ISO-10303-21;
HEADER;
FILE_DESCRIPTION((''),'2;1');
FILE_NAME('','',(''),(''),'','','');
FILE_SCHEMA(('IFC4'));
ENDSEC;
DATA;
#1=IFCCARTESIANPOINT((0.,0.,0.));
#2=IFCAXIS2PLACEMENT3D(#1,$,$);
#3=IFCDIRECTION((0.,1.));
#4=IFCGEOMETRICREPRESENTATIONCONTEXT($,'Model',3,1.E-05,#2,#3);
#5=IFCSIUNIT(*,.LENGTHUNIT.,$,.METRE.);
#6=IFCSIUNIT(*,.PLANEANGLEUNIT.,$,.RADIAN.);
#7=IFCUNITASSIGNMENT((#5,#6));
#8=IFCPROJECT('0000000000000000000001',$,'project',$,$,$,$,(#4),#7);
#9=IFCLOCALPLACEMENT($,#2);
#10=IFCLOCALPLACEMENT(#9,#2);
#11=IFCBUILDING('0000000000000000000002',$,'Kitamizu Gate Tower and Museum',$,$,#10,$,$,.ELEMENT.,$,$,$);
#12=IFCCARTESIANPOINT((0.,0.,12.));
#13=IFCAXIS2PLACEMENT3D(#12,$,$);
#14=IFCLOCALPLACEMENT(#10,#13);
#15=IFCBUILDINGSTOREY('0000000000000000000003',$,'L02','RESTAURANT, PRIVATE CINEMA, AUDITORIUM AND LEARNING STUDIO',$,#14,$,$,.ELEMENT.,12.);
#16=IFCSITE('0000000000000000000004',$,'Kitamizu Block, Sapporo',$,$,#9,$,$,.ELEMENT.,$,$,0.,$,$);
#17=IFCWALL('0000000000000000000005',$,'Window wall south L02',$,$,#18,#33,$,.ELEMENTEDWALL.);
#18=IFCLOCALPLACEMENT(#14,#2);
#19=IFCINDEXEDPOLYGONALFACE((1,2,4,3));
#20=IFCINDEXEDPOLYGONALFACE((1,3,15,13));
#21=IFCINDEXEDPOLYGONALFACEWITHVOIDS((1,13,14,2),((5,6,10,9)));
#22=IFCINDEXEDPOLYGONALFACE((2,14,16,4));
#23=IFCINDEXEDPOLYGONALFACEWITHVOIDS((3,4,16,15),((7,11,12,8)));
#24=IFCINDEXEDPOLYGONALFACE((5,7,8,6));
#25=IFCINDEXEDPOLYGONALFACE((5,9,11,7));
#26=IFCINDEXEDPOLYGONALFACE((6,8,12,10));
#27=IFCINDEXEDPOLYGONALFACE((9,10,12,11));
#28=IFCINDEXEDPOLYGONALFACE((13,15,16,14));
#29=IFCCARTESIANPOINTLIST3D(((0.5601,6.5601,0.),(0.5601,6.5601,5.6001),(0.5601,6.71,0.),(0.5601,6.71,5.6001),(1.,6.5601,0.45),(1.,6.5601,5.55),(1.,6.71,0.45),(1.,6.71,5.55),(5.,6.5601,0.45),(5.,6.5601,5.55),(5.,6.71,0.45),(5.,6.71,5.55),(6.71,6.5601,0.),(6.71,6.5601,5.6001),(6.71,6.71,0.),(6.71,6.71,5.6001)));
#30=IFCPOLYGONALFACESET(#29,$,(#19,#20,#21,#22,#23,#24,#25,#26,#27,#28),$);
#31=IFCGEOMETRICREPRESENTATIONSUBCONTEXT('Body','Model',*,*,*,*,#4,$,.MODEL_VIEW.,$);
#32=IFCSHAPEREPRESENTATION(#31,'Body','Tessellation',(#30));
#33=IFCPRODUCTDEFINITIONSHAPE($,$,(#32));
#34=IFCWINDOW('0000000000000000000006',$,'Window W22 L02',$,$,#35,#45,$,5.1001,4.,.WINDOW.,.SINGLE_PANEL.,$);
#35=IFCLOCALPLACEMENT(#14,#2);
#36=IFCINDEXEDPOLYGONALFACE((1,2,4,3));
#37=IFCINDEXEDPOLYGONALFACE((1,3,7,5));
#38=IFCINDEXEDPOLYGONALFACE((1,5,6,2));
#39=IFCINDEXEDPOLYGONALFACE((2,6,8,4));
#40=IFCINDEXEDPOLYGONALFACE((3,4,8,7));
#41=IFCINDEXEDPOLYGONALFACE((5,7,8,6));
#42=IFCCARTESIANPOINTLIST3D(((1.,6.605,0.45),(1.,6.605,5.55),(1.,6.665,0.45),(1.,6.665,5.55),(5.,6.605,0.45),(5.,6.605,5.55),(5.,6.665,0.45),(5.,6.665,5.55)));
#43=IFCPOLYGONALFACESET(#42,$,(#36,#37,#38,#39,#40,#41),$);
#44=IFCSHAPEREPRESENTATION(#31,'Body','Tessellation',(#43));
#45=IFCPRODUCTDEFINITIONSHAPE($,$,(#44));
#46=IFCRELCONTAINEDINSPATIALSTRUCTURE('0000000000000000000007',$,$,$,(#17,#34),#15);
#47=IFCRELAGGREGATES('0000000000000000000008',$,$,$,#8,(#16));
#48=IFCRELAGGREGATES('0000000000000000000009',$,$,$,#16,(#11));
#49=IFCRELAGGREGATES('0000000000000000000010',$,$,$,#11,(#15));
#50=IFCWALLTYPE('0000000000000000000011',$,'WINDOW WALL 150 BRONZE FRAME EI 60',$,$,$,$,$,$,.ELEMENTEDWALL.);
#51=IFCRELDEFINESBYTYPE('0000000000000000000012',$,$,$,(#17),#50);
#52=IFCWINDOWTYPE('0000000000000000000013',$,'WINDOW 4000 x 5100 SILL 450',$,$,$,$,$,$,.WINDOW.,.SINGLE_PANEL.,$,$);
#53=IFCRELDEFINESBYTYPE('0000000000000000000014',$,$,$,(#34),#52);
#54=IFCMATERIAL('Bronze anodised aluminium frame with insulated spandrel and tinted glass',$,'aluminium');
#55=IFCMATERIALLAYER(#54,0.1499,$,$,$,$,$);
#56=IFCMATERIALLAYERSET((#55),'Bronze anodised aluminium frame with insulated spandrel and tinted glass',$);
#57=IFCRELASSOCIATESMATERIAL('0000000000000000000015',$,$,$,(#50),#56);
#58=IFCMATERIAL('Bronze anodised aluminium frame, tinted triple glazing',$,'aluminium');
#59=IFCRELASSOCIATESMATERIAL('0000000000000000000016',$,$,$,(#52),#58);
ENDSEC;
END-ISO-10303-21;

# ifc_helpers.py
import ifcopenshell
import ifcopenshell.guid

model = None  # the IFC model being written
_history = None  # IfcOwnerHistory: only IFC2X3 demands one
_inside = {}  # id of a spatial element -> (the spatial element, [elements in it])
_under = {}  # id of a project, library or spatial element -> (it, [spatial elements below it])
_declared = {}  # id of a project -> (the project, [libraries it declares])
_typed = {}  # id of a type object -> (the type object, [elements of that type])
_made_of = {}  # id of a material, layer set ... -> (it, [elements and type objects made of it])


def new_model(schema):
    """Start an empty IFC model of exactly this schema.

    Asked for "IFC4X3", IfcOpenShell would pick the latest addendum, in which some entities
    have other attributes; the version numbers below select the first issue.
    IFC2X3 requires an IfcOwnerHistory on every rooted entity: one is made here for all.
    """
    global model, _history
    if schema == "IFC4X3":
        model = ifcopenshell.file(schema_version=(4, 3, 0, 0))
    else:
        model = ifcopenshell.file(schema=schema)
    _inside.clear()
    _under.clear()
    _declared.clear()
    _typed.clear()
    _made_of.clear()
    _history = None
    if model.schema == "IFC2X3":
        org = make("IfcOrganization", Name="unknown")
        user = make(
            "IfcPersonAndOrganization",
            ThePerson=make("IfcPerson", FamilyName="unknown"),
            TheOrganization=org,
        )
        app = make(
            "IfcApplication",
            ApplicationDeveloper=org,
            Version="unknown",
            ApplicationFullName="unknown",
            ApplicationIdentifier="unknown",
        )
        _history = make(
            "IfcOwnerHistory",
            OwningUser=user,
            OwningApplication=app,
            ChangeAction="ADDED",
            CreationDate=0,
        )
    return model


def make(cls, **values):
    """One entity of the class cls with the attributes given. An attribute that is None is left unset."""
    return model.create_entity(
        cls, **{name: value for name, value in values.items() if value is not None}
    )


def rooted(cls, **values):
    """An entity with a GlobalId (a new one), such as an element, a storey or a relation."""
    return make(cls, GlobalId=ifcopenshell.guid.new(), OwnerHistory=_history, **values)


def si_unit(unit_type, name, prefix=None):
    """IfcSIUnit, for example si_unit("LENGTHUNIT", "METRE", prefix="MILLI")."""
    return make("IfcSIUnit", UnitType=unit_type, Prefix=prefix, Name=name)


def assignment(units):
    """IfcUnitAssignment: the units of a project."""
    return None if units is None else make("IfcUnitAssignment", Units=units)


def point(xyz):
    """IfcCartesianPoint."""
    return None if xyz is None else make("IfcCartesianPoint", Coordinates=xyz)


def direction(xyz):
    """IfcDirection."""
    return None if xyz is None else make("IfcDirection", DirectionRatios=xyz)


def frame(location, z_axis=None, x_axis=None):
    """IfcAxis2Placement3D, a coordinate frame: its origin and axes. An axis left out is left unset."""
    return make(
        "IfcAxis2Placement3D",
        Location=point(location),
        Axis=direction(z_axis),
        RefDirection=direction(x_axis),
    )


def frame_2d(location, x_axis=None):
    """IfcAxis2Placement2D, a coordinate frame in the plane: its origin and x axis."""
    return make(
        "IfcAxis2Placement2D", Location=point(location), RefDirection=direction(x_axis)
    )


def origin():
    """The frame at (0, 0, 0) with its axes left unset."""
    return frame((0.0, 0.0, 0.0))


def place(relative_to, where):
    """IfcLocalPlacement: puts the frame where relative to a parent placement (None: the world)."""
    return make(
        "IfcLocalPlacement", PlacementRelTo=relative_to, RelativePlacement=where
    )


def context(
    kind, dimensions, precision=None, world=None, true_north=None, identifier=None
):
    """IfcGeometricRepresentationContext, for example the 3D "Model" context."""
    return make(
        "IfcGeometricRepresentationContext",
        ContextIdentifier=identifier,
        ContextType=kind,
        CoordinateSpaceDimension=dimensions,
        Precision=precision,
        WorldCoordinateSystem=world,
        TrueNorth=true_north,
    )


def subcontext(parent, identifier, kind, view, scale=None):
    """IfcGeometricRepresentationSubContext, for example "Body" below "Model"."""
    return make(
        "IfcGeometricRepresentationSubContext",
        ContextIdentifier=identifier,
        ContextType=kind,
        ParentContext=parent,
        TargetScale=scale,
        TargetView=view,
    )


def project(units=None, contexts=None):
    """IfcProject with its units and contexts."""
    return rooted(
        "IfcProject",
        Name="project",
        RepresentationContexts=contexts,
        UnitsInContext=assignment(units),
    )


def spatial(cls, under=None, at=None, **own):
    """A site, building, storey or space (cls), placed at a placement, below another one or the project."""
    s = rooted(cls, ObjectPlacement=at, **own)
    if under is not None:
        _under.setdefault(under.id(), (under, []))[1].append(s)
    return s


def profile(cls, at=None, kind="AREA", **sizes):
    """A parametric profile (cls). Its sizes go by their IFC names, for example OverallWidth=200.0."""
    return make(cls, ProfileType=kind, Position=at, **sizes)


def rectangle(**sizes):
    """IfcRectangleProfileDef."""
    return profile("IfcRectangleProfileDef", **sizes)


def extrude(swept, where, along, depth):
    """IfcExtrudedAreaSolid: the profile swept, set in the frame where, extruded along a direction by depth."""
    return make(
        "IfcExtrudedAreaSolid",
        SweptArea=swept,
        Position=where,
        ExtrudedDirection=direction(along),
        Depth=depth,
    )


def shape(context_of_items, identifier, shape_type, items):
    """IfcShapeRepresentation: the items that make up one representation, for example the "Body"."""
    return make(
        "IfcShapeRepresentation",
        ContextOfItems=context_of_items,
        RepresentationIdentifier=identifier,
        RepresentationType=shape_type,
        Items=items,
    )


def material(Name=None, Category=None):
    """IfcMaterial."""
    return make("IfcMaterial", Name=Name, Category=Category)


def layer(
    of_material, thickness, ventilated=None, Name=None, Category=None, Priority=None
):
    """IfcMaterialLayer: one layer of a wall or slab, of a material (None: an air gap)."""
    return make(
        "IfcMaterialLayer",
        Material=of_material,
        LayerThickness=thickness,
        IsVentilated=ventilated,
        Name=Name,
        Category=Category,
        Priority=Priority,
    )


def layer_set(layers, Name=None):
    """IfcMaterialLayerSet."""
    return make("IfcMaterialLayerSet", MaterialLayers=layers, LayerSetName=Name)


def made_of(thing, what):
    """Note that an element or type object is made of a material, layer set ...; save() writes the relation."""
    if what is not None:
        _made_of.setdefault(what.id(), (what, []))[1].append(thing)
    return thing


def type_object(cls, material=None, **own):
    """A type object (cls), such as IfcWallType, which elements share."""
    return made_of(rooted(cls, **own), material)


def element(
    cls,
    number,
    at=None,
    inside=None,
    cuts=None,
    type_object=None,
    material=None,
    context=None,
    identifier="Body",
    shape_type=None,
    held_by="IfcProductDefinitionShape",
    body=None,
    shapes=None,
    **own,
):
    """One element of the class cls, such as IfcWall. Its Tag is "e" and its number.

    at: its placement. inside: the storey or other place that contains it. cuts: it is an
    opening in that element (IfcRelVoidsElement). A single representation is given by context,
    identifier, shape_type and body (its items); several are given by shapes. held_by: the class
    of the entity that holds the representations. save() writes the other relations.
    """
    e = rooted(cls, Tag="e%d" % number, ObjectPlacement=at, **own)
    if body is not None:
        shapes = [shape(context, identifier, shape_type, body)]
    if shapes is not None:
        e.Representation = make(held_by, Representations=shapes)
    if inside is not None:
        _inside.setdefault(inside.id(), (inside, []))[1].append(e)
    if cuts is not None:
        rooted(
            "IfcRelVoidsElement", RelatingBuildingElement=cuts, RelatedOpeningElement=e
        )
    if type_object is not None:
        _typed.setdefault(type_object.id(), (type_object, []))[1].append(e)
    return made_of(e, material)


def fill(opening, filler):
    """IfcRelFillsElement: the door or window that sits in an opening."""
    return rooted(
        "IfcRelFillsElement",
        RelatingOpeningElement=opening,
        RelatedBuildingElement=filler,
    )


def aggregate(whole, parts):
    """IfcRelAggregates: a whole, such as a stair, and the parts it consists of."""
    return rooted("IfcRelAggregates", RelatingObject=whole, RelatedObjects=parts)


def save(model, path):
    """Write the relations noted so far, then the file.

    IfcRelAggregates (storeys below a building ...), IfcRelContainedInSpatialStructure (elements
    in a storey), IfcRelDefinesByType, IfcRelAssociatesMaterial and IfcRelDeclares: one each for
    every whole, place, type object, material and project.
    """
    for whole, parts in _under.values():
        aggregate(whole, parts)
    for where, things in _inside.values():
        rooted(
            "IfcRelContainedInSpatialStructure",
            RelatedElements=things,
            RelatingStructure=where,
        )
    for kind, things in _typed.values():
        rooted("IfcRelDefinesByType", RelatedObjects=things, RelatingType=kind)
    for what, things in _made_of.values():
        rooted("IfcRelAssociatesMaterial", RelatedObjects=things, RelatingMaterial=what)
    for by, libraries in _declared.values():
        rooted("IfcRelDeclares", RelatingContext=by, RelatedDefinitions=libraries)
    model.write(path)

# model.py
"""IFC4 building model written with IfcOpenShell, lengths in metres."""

from ifc_helpers import new_model, si_unit, direction, frame, frame_2d, origin, place, context, subcontext, project, spatial, rectangle, extrude, material, layer, layer_set, type_object, element, fill, save


model = new_model("IFC4")

# Units and contexts
model_context = context("Model", 3, precision=1e-05, world=origin(), true_north=direction((0.0, 1.0)))
body_context = subcontext(model_context, "Body", "Model", "MODEL_VIEW")
ifc_project = project(units=[si_unit("LENGTHUNIT", "METRE"), si_unit("PLANEANGLEUNIT", "RADIAN")], contexts=[model_context])

# Site, building, storey
site_placement = place(None, origin())
site = spatial("IfcSite", under=ifc_project, at=site_placement, Name="Kitamizu Block, Sapporo", CompositionType="ELEMENT", RefElevation=0.0)
building_placement = place(site_placement, origin())
building = spatial("IfcBuilding", under=site, at=building_placement, Name="Kitamizu Gate Tower and Museum", CompositionType="ELEMENT")
storey_placement = place(building_placement, frame((0.0, 0.0, 12.0)))
storey = spatial("IfcBuildingStorey", under=building, at=storey_placement, Name="L02", Description="RESTAURANT, PRIVATE CINEMA, AUDITORIUM AND LEARNING STUDIO", CompositionType="ELEMENT", Elevation=12.0)

# Shared definitions
ifc_material_1 = material(Name="Bronze anodised aluminium frame with insulated spandrel and tinted glass", Category="aluminium")
ifc_layer_1 = layer(ifc_material_1, 0.1499)
ifc_layer_set_1 = layer_set([ifc_layer_1], Name="Bronze anodised aluminium frame with insulated spandrel and tinted glass")
wall_type_1 = type_object("IfcWallType", Name="WINDOW WALL 150 BRONZE FRAME EI 60", PredefinedType="ELEMENTEDWALL", material=ifc_layer_set_1)

# Wall, opening, window
wall_1_placement = place(storey_placement, frame((0.5601, 6.635, 0.0), z_axis=(0.0, 0.0, 1.0), x_axis=(1.0, 0.0, 0.0)))
wall_1 = element("IfcWall", 1, at=wall_1_placement, inside=storey, type_object=wall_type_1, Name="Window wall south L02", PredefinedType="ELEMENTEDWALL", context=body_context, shape_type="SweptSolid", body=[
    extrude(rectangle(XDim=6.1499, YDim=0.1499, at=frame_2d((3.075, 0.0))), origin(), (0.0, 0.0, 1.0), 5.6001),
])
opening_1_placement = place(wall_1_placement, frame((0.4399, 0.0, 0.45)))
opening_1 = element("IfcOpeningElement", 2, at=opening_1_placement, cuts=wall_1, PredefinedType="OPENING", context=body_context, shape_type="SweptSolid", body=[
    extrude(rectangle(XDim=4.0, YDim=5.1001, at=frame_2d((2.0, 2.55))), frame((0.0, 0.085, 0.0), z_axis=(0.0, -1.0, 0.0), x_axis=(1.0, 0.0, 0.0)), (0.0, 0.0, 1.0), 0.1699),
])
ifc_material_2 = material(Name="Bronze anodised aluminium frame, tinted triple glazing", Category="aluminium")
window_type_1 = type_object("IfcWindowType", Name="WINDOW 4000 x 5100 SILL 450", PartitioningType="SINGLE_PANEL", PredefinedType="WINDOW", material=ifc_material_2)
window_1_placement = place(opening_1_placement, origin())
window_1 = element("IfcWindow", 3, at=window_1_placement, inside=storey, type_object=window_type_1, Name="Window W22 L02", OverallHeight=5.1001, OverallWidth=4.0, PartitioningType="SINGLE_PANEL", PredefinedType="WINDOW", context=body_context, shape_type="SweptSolid", body=[
    extrude(rectangle(XDim=4.0, YDim=5.1001, at=frame_2d((2.0, 2.55))), frame((0.0, 0.03, 0.0), z_axis=(0.0, -1.0, 0.0), x_axis=(1.0, 0.0, 0.0)), (0.0, 0.0, 1.0), 0.0601),
])
fill(opening_1, window_1)

save(model, "model.ifc")
